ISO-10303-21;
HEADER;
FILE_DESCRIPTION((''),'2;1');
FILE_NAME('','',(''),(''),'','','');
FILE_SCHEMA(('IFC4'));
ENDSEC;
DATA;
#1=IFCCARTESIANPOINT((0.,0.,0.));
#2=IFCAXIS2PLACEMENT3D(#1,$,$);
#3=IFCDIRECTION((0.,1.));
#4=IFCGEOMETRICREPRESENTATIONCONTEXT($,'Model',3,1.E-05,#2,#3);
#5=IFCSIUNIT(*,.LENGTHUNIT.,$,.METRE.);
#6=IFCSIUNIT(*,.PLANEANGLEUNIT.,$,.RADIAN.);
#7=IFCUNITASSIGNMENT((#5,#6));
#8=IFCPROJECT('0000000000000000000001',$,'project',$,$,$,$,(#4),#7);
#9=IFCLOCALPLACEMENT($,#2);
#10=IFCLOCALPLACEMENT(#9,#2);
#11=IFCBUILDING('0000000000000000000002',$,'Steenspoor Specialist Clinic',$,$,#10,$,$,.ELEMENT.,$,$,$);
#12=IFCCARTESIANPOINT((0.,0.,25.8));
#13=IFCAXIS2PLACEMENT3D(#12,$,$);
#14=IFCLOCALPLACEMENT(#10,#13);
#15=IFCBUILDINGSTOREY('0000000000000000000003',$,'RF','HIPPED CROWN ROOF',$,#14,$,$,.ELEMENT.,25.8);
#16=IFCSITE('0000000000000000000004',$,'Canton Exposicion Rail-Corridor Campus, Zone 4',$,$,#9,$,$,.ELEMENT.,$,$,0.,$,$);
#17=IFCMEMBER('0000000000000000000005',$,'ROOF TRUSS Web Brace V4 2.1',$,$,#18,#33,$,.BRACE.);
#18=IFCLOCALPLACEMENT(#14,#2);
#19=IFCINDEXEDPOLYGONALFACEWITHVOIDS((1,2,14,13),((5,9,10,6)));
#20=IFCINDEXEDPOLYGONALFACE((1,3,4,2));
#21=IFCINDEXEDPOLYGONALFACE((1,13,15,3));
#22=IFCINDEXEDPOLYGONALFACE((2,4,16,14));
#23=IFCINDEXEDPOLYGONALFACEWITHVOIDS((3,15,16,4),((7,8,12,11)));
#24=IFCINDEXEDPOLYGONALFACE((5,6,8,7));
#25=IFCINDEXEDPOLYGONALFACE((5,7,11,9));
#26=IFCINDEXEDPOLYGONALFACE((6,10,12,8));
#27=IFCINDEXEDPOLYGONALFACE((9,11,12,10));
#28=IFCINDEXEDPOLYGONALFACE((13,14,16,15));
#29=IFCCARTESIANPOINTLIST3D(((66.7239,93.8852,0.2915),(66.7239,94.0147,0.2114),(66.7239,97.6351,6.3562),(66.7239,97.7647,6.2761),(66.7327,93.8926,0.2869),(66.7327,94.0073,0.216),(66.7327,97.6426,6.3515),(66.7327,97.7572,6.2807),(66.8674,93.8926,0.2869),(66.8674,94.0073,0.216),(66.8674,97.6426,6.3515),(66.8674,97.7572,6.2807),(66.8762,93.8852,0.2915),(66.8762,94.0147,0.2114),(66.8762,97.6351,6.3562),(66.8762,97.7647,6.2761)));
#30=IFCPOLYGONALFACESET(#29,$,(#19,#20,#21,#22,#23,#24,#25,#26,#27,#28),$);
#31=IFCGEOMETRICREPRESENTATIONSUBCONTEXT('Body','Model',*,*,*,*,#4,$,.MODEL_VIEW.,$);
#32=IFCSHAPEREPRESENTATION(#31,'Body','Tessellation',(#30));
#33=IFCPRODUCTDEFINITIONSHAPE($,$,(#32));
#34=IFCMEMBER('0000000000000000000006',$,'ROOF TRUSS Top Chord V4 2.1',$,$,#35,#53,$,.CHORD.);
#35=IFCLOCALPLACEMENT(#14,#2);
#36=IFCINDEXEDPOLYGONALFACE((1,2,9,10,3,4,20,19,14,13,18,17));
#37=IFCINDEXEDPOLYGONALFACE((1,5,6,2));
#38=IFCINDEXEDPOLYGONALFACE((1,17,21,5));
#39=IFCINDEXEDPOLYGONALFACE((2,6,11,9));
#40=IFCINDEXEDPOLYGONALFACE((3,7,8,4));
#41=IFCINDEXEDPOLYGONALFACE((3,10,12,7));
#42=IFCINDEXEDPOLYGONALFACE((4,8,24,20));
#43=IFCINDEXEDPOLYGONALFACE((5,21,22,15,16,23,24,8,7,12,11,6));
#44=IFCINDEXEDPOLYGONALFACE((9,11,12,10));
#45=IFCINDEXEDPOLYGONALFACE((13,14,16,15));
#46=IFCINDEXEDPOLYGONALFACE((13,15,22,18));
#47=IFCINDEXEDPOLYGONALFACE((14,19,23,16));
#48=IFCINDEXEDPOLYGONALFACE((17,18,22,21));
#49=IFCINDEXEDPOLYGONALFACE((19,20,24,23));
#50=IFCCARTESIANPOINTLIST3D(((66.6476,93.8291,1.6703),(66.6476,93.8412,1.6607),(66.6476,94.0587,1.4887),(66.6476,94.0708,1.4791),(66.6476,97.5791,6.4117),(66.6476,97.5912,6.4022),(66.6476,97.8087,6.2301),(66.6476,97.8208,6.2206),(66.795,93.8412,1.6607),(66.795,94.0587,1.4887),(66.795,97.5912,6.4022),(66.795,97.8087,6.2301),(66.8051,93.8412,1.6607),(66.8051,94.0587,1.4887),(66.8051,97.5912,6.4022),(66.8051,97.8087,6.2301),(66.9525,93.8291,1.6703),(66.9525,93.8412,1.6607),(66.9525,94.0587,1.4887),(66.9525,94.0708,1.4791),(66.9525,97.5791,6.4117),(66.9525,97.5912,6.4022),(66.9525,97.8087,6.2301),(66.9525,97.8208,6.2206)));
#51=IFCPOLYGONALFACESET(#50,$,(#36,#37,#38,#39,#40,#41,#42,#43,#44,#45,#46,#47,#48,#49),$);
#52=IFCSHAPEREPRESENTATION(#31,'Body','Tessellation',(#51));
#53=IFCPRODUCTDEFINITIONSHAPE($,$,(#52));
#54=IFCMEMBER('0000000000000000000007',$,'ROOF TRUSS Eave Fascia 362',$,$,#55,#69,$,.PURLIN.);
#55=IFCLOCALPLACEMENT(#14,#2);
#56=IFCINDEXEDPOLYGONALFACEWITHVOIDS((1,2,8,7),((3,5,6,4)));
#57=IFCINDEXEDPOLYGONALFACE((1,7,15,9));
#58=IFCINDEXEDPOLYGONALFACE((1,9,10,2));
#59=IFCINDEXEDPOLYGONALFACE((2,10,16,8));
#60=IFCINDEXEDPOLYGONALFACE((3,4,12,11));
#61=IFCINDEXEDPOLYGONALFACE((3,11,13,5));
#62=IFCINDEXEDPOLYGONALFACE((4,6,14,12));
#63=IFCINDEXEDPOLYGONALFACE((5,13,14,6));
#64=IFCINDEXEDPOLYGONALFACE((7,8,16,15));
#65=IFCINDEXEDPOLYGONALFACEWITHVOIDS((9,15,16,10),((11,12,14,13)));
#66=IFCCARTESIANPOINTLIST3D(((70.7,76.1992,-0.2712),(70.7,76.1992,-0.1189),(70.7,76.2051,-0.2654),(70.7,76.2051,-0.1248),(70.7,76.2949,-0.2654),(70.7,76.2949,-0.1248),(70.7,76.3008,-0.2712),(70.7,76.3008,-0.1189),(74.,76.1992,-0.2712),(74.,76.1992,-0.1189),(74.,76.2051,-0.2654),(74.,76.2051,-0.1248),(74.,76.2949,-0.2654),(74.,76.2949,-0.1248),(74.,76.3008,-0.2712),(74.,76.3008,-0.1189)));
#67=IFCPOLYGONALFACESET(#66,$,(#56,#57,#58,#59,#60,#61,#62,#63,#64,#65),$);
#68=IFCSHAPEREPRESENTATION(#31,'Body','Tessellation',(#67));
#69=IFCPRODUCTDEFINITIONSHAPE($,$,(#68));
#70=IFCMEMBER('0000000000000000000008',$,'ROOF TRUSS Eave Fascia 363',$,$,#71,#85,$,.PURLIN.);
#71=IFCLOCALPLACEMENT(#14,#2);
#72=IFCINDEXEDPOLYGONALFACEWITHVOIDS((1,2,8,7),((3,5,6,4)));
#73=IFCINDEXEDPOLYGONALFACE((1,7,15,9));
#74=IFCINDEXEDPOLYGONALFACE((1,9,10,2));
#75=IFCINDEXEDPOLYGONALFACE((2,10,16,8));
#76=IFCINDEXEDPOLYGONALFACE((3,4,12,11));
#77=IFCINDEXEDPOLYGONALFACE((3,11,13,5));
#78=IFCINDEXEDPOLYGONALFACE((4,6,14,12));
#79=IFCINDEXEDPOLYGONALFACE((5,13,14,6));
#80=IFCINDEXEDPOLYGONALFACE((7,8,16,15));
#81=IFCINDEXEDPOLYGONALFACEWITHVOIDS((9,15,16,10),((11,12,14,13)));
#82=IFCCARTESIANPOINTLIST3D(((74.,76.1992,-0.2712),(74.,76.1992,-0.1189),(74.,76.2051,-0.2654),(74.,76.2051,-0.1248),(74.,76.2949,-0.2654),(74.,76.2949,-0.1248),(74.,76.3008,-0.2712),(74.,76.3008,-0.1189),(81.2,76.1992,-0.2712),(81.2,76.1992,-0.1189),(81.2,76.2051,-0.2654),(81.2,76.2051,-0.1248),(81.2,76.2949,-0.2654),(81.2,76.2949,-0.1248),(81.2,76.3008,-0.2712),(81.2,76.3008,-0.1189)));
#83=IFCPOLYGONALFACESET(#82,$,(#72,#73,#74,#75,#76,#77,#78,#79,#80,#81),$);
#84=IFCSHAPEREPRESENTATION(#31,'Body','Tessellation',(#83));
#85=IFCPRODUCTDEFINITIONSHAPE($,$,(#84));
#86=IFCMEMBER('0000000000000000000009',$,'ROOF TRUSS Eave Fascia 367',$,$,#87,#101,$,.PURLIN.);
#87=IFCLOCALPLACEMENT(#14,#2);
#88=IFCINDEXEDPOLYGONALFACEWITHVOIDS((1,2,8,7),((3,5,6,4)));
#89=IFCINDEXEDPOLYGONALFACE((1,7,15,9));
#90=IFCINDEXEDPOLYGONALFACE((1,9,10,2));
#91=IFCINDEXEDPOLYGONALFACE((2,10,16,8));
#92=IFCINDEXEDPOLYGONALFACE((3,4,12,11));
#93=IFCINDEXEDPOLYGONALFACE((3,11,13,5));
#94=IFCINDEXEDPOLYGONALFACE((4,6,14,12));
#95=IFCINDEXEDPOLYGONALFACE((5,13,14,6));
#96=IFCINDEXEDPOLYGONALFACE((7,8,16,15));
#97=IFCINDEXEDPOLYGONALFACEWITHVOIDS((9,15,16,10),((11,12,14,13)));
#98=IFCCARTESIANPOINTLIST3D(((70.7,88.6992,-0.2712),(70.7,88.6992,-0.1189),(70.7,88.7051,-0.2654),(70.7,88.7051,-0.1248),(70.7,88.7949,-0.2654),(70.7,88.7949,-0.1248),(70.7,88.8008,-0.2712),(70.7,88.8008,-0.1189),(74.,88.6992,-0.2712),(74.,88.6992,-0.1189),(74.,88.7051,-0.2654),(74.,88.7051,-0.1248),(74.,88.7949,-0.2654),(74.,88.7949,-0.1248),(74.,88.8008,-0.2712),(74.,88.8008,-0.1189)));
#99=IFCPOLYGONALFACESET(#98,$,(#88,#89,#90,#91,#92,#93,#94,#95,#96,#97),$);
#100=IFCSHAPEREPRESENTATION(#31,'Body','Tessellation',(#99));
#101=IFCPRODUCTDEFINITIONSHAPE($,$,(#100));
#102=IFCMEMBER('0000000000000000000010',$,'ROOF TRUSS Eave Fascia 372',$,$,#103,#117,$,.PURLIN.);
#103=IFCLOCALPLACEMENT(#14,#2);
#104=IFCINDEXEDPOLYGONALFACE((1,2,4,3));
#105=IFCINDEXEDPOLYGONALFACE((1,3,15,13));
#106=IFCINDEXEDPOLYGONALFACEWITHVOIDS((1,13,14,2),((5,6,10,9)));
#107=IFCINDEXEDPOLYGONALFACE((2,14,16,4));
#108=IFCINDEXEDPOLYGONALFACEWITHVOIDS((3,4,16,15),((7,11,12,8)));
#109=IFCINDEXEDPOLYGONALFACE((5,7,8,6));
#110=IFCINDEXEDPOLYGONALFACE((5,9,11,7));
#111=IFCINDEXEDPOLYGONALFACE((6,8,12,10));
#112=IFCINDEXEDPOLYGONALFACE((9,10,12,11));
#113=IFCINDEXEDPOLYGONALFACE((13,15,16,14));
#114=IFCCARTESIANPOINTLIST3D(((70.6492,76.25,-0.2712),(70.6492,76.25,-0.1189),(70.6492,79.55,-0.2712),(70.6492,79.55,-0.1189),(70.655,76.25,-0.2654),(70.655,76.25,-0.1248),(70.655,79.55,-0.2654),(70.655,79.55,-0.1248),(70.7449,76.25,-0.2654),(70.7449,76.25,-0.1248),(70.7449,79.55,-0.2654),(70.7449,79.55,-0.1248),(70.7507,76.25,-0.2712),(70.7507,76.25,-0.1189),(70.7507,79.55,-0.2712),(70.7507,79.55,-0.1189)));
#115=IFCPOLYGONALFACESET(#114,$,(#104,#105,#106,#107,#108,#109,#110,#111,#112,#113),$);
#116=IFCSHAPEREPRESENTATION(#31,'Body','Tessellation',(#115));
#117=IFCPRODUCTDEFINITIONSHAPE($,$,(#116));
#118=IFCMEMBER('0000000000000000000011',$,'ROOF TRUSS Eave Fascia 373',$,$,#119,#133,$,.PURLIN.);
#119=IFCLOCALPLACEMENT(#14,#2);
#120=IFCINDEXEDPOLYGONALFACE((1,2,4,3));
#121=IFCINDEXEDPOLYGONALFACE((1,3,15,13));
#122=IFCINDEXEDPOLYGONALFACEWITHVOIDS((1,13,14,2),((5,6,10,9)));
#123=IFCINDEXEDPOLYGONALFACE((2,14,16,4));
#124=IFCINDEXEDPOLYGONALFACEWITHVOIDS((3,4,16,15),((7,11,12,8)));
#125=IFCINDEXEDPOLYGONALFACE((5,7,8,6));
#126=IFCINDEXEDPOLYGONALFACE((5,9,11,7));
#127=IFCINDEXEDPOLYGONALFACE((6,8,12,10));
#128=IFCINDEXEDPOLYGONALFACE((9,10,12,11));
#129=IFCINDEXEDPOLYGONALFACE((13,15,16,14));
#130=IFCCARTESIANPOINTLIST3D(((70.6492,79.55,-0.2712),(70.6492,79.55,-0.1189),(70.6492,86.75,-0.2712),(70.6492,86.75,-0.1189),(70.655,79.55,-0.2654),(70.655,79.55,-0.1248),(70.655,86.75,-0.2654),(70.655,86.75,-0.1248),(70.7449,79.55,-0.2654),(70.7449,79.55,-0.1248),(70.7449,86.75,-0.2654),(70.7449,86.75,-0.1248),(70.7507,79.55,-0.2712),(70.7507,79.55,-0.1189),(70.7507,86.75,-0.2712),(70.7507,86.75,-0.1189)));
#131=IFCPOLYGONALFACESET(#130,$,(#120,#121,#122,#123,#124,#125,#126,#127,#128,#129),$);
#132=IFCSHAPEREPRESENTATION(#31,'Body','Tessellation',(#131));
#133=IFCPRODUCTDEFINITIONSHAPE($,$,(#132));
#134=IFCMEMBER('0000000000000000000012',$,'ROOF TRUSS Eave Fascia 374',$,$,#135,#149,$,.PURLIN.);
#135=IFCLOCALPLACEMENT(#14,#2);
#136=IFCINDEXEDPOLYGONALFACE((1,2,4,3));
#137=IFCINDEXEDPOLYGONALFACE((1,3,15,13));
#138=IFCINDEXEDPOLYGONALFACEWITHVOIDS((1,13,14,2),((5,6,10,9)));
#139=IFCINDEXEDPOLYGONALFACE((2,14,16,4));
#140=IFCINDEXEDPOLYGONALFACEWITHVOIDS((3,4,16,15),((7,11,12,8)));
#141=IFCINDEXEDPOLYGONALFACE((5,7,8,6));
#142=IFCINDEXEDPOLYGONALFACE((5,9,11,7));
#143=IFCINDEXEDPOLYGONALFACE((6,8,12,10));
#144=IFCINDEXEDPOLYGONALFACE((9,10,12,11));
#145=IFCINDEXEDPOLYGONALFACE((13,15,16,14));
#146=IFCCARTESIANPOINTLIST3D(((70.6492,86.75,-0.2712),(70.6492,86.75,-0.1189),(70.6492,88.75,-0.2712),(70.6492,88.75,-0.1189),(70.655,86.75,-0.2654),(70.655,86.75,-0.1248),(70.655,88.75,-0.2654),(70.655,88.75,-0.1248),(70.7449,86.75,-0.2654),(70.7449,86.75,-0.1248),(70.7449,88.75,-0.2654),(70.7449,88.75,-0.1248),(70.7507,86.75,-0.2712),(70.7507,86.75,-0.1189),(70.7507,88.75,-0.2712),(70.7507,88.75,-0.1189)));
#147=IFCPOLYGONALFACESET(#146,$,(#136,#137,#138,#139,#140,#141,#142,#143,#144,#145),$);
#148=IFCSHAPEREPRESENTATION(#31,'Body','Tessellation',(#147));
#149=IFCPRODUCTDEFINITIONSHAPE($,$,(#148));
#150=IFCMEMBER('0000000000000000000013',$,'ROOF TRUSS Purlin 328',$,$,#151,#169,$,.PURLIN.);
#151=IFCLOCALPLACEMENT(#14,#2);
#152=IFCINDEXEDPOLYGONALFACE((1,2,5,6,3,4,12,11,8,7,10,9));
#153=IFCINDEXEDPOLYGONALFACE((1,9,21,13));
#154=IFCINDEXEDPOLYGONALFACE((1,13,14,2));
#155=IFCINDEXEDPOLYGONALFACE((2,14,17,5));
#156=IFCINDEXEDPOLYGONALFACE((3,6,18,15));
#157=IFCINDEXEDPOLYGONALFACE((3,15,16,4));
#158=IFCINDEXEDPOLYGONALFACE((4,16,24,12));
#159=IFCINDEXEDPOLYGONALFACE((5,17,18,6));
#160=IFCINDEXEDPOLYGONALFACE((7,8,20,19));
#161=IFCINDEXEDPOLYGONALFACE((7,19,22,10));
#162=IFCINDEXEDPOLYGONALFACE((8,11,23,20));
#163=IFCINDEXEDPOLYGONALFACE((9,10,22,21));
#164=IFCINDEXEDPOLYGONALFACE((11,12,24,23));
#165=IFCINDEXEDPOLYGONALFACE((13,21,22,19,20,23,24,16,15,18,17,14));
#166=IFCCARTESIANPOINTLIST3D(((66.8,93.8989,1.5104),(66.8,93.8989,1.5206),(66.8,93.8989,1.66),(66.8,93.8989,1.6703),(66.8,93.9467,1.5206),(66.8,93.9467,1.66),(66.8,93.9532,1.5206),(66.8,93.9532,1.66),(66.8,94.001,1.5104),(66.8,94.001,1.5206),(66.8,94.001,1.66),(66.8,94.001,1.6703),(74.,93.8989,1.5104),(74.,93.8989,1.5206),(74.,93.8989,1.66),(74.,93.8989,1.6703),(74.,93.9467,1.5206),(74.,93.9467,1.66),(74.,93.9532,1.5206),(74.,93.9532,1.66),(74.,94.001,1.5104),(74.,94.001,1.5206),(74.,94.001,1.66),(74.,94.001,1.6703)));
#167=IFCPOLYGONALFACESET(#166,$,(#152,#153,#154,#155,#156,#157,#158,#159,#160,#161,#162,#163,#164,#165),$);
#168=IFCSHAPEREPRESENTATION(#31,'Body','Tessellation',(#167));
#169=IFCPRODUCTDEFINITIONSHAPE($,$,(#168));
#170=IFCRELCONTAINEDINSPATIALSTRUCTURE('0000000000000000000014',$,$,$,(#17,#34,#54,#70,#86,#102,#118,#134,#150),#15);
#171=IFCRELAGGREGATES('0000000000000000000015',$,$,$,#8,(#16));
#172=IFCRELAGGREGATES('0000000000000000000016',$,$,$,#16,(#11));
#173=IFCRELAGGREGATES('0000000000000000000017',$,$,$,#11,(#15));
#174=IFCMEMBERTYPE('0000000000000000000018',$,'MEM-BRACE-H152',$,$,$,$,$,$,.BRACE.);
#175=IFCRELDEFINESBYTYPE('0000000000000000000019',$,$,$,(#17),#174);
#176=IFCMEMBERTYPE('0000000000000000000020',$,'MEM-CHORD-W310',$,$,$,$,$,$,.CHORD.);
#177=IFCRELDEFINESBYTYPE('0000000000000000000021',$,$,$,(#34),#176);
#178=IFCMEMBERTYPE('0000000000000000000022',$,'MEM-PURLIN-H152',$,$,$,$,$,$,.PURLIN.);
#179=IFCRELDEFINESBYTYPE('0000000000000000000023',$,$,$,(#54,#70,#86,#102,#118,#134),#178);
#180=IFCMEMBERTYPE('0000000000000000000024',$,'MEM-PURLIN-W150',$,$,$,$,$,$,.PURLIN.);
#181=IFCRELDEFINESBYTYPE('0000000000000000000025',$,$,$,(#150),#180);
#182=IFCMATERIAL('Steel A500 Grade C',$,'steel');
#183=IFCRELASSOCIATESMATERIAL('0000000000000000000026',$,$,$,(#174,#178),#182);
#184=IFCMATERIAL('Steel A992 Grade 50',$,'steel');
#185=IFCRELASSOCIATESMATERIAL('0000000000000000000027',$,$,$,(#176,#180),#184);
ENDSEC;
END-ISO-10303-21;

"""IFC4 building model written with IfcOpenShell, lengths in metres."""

from ifc_helpers import new_model, si_unit, direction, frame, origin, origin_2d, place, context, subcontext, project, spatial, hollow_rectangle, i_section, extrude, material, material_profile, profile_set, type_object, element, save


model = new_model("IFC4")

# Units and contexts
model_context = context("Model", 3, precision=1e-05, world=origin(), true_north=direction((0.0, 1.0)))
body_context = subcontext(model_context, "Body", "Model", "MODEL_VIEW")
ifc_project = project(units=[si_unit("LENGTHUNIT", "METRE"), si_unit("PLANEANGLEUNIT", "RADIAN")], contexts=[model_context])

# Site, building, storey
site_placement = place(None, origin())
site = spatial("IfcSite", under=ifc_project, at=site_placement, Name="Canton Exposicion Rail-Corridor Campus, Zone 4", CompositionType="ELEMENT", RefElevation=0.0)
building_placement = place(site_placement, origin())
building = spatial("IfcBuilding", under=site, at=building_placement, Name="Steenspoor Specialist Clinic", CompositionType="ELEMENT")
storey_placement = place(building_placement, frame((0.0, 0.0, 25.8)))
storey = spatial("IfcBuildingStorey", under=building, at=storey_placement, Name="RF", Description="HIPPED CROWN ROOF", CompositionType="ELEMENT", Elevation=25.8)

# Members
ifc_material_1 = material(Name="Steel A500 Grade C", Category="steel")
ifc_material_profile_1 = material_profile(ifc_material_1, hollow_rectangle(XDim=0.1523, YDim=0.1523, WallThickness=0.0088, at=origin_2d()), Name="HSS152X152X9.5")
ifc_profile_set_1 = profile_set([ifc_material_profile_1], Name="Steel A500 Grade C")
member_type_1 = type_object("IfcMemberType", Name="MEM-BRACE-H152", PredefinedType="BRACE", material=ifc_profile_set_1)
member_1_placement = place(storey_placement, frame((66.8, 93.95, 0.2515), z_axis=(0.0, 0.525915, 0.850537), x_axis=(-1.0, 0.0, 0.0)))
element("IfcMember", 1, at=member_1_placement, inside=storey, type_object=member_type_1, Name="ROOF TRUSS Web Brace V4 2.1", PredefinedType="BRACE", context=body_context, shape_type="SweptSolid", body=[
    extrude(hollow_rectangle(XDim=0.1523, YDim=0.1523, WallThickness=0.0088, at=origin_2d()), origin(), (0.0, 0.0, 1.0), 7.1304),
])
ifc_material_2 = material(Name="Steel A992 Grade 50", Category="steel")
ifc_material_profile_2 = material_profile(ifc_material_2, i_section(OverallWidth=0.3049, OverallDepth=0.3081, WebThickness=0.01, FlangeThickness=0.0154, at=origin_2d()), Name="W310X97")
ifc_profile_set_2 = profile_set([ifc_material_profile_2], Name="Steel A992 Grade 50")
member_type_2 = type_object("IfcMemberType", Name="MEM-CHORD-W310", PredefinedType="CHORD", material=ifc_profile_set_2)
member_2_placement = place(storey_placement, frame((66.8, 93.95, 1.5747), z_axis=(0.0, 0.620332, 0.78434), x_axis=(-1.0, 0.0, 0.0)))
element("IfcMember", 2, at=member_2_placement, inside=storey, type_object=member_type_2, Name="ROOF TRUSS Top Chord V4 2.1", PredefinedType="CHORD", context=body_context, shape_type="SweptSolid", body=[
    extrude(i_section(OverallWidth=0.3049, OverallDepth=0.3081, WebThickness=0.01, FlangeThickness=0.0154, at=origin_2d()), origin(), (0.0, 0.0, 1.0), 6.0452),
])
ifc_material_profile_3 = material_profile(ifc_material_1, hollow_rectangle(XDim=0.1016, YDim=0.1523, WallThickness=0.0059, at=origin_2d()), Name="HSS152X102X6.4")
ifc_profile_set_3 = profile_set([ifc_material_profile_3], Name="Steel A500 Grade C")
member_type_3 = type_object("IfcMemberType", Name="MEM-PURLIN-H152", PredefinedType="PURLIN", material=ifc_profile_set_3)
member_3_placement = place(storey_placement, frame((70.7, 76.25, -0.1951), z_axis=(1.0, 0.0, 0.0), x_axis=(0.0, 1.0, 0.0)))
element("IfcMember", 3, at=member_3_placement, inside=storey, type_object=member_type_3, Name="ROOF TRUSS Eave Fascia 362", PredefinedType="PURLIN", context=body_context, shape_type="SweptSolid", body=[
    extrude(hollow_rectangle(XDim=0.1016, YDim=0.1523, WallThickness=0.0059, at=origin_2d()), origin(), (0.0, 0.0, 1.0), 3.3),
])
member_4_placement = place(storey_placement, frame((74.0, 76.25, -0.1951), z_axis=(1.0, 0.0, 0.0), x_axis=(0.0, 1.0, 0.0)))
element("IfcMember", 4, at=member_4_placement, inside=storey, type_object=member_type_3, Name="ROOF TRUSS Eave Fascia 363", PredefinedType="PURLIN", context=body_context, shape_type="SweptSolid", body=[
    extrude(hollow_rectangle(XDim=0.1016, YDim=0.1523, WallThickness=0.0059, at=origin_2d()), origin(), (0.0, 0.0, 1.0), 7.2),
])
for number, where, z_axis, x_axis, name in (
    (5, (70.7, 88.75, -0.1951), (1.0, 0.0, 0.0), (0.0, 1.0, 0.0), "ROOF TRUSS Eave Fascia 367"),
    (6, (70.7, 76.25, -0.1951), (0.0, 1.0, 0.0), (-1.0, 0.0, 0.0), "ROOF TRUSS Eave Fascia 372"),
):
    element("IfcMember", number, at=place(storey_placement, frame(where, z_axis=z_axis, x_axis=x_axis)), inside=storey, type_object=member_type_3, Name=name, PredefinedType="PURLIN", context=body_context, shape_type="SweptSolid", body=[
        extrude(hollow_rectangle(XDim=0.1016, YDim=0.1523, WallThickness=0.0059, at=origin_2d()), origin(), (0.0, 0.0, 1.0), 3.3),
    ])
member_5_placement = place(storey_placement, frame((70.7, 79.55, -0.1951), z_axis=(0.0, 1.0, 0.0), x_axis=(-1.0, 0.0, 0.0)))
element("IfcMember", 7, at=member_5_placement, inside=storey, type_object=member_type_3, Name="ROOF TRUSS Eave Fascia 373", PredefinedType="PURLIN", context=body_context, shape_type="SweptSolid", body=[
    extrude(hollow_rectangle(XDim=0.1016, YDim=0.1523, WallThickness=0.0059, at=origin_2d()), origin(), (0.0, 0.0, 1.0), 7.2),
])
member_6_placement = place(storey_placement, frame((70.7, 86.75, -0.1951), z_axis=(0.0, 1.0, 0.0), x_axis=(-1.0, 0.0, 0.0)))
element("IfcMember", 8, at=member_6_placement, inside=storey, type_object=member_type_3, Name="ROOF TRUSS Eave Fascia 374", PredefinedType="PURLIN", context=body_context, shape_type="SweptSolid", body=[
    extrude(hollow_rectangle(XDim=0.1016, YDim=0.1523, WallThickness=0.0059, at=origin_2d()), origin(), (0.0, 0.0, 1.0), 2.0),
])
ifc_material_profile_4 = material_profile(ifc_material_2, i_section(OverallWidth=0.1021, OverallDepth=0.1599, WebThickness=0.0066, FlangeThickness=0.0103, at=origin_2d()), Name="W150X24")
ifc_profile_set_4 = profile_set([ifc_material_profile_4], Name="Steel A992 Grade 50")
member_type_4 = type_object("IfcMemberType", Name="MEM-PURLIN-W150", PredefinedType="PURLIN", material=ifc_profile_set_4)
member_7_placement = place(storey_placement, frame((66.8, 93.95, 1.5903), z_axis=(1.0, 0.0, 0.0), x_axis=(0.0, 1.0, 0.0)))
element("IfcMember", 9, at=member_7_placement, inside=storey, type_object=member_type_4, Name="ROOF TRUSS Purlin 328", PredefinedType="PURLIN", context=body_context, shape_type="SweptSolid", body=[
    extrude(i_section(OverallWidth=0.1021, OverallDepth=0.1599, WebThickness=0.0066, FlangeThickness=0.0103, at=origin_2d()), origin(), (0.0, 0.0, 1.0), 7.2),
])

save(model, "model.ifc")
